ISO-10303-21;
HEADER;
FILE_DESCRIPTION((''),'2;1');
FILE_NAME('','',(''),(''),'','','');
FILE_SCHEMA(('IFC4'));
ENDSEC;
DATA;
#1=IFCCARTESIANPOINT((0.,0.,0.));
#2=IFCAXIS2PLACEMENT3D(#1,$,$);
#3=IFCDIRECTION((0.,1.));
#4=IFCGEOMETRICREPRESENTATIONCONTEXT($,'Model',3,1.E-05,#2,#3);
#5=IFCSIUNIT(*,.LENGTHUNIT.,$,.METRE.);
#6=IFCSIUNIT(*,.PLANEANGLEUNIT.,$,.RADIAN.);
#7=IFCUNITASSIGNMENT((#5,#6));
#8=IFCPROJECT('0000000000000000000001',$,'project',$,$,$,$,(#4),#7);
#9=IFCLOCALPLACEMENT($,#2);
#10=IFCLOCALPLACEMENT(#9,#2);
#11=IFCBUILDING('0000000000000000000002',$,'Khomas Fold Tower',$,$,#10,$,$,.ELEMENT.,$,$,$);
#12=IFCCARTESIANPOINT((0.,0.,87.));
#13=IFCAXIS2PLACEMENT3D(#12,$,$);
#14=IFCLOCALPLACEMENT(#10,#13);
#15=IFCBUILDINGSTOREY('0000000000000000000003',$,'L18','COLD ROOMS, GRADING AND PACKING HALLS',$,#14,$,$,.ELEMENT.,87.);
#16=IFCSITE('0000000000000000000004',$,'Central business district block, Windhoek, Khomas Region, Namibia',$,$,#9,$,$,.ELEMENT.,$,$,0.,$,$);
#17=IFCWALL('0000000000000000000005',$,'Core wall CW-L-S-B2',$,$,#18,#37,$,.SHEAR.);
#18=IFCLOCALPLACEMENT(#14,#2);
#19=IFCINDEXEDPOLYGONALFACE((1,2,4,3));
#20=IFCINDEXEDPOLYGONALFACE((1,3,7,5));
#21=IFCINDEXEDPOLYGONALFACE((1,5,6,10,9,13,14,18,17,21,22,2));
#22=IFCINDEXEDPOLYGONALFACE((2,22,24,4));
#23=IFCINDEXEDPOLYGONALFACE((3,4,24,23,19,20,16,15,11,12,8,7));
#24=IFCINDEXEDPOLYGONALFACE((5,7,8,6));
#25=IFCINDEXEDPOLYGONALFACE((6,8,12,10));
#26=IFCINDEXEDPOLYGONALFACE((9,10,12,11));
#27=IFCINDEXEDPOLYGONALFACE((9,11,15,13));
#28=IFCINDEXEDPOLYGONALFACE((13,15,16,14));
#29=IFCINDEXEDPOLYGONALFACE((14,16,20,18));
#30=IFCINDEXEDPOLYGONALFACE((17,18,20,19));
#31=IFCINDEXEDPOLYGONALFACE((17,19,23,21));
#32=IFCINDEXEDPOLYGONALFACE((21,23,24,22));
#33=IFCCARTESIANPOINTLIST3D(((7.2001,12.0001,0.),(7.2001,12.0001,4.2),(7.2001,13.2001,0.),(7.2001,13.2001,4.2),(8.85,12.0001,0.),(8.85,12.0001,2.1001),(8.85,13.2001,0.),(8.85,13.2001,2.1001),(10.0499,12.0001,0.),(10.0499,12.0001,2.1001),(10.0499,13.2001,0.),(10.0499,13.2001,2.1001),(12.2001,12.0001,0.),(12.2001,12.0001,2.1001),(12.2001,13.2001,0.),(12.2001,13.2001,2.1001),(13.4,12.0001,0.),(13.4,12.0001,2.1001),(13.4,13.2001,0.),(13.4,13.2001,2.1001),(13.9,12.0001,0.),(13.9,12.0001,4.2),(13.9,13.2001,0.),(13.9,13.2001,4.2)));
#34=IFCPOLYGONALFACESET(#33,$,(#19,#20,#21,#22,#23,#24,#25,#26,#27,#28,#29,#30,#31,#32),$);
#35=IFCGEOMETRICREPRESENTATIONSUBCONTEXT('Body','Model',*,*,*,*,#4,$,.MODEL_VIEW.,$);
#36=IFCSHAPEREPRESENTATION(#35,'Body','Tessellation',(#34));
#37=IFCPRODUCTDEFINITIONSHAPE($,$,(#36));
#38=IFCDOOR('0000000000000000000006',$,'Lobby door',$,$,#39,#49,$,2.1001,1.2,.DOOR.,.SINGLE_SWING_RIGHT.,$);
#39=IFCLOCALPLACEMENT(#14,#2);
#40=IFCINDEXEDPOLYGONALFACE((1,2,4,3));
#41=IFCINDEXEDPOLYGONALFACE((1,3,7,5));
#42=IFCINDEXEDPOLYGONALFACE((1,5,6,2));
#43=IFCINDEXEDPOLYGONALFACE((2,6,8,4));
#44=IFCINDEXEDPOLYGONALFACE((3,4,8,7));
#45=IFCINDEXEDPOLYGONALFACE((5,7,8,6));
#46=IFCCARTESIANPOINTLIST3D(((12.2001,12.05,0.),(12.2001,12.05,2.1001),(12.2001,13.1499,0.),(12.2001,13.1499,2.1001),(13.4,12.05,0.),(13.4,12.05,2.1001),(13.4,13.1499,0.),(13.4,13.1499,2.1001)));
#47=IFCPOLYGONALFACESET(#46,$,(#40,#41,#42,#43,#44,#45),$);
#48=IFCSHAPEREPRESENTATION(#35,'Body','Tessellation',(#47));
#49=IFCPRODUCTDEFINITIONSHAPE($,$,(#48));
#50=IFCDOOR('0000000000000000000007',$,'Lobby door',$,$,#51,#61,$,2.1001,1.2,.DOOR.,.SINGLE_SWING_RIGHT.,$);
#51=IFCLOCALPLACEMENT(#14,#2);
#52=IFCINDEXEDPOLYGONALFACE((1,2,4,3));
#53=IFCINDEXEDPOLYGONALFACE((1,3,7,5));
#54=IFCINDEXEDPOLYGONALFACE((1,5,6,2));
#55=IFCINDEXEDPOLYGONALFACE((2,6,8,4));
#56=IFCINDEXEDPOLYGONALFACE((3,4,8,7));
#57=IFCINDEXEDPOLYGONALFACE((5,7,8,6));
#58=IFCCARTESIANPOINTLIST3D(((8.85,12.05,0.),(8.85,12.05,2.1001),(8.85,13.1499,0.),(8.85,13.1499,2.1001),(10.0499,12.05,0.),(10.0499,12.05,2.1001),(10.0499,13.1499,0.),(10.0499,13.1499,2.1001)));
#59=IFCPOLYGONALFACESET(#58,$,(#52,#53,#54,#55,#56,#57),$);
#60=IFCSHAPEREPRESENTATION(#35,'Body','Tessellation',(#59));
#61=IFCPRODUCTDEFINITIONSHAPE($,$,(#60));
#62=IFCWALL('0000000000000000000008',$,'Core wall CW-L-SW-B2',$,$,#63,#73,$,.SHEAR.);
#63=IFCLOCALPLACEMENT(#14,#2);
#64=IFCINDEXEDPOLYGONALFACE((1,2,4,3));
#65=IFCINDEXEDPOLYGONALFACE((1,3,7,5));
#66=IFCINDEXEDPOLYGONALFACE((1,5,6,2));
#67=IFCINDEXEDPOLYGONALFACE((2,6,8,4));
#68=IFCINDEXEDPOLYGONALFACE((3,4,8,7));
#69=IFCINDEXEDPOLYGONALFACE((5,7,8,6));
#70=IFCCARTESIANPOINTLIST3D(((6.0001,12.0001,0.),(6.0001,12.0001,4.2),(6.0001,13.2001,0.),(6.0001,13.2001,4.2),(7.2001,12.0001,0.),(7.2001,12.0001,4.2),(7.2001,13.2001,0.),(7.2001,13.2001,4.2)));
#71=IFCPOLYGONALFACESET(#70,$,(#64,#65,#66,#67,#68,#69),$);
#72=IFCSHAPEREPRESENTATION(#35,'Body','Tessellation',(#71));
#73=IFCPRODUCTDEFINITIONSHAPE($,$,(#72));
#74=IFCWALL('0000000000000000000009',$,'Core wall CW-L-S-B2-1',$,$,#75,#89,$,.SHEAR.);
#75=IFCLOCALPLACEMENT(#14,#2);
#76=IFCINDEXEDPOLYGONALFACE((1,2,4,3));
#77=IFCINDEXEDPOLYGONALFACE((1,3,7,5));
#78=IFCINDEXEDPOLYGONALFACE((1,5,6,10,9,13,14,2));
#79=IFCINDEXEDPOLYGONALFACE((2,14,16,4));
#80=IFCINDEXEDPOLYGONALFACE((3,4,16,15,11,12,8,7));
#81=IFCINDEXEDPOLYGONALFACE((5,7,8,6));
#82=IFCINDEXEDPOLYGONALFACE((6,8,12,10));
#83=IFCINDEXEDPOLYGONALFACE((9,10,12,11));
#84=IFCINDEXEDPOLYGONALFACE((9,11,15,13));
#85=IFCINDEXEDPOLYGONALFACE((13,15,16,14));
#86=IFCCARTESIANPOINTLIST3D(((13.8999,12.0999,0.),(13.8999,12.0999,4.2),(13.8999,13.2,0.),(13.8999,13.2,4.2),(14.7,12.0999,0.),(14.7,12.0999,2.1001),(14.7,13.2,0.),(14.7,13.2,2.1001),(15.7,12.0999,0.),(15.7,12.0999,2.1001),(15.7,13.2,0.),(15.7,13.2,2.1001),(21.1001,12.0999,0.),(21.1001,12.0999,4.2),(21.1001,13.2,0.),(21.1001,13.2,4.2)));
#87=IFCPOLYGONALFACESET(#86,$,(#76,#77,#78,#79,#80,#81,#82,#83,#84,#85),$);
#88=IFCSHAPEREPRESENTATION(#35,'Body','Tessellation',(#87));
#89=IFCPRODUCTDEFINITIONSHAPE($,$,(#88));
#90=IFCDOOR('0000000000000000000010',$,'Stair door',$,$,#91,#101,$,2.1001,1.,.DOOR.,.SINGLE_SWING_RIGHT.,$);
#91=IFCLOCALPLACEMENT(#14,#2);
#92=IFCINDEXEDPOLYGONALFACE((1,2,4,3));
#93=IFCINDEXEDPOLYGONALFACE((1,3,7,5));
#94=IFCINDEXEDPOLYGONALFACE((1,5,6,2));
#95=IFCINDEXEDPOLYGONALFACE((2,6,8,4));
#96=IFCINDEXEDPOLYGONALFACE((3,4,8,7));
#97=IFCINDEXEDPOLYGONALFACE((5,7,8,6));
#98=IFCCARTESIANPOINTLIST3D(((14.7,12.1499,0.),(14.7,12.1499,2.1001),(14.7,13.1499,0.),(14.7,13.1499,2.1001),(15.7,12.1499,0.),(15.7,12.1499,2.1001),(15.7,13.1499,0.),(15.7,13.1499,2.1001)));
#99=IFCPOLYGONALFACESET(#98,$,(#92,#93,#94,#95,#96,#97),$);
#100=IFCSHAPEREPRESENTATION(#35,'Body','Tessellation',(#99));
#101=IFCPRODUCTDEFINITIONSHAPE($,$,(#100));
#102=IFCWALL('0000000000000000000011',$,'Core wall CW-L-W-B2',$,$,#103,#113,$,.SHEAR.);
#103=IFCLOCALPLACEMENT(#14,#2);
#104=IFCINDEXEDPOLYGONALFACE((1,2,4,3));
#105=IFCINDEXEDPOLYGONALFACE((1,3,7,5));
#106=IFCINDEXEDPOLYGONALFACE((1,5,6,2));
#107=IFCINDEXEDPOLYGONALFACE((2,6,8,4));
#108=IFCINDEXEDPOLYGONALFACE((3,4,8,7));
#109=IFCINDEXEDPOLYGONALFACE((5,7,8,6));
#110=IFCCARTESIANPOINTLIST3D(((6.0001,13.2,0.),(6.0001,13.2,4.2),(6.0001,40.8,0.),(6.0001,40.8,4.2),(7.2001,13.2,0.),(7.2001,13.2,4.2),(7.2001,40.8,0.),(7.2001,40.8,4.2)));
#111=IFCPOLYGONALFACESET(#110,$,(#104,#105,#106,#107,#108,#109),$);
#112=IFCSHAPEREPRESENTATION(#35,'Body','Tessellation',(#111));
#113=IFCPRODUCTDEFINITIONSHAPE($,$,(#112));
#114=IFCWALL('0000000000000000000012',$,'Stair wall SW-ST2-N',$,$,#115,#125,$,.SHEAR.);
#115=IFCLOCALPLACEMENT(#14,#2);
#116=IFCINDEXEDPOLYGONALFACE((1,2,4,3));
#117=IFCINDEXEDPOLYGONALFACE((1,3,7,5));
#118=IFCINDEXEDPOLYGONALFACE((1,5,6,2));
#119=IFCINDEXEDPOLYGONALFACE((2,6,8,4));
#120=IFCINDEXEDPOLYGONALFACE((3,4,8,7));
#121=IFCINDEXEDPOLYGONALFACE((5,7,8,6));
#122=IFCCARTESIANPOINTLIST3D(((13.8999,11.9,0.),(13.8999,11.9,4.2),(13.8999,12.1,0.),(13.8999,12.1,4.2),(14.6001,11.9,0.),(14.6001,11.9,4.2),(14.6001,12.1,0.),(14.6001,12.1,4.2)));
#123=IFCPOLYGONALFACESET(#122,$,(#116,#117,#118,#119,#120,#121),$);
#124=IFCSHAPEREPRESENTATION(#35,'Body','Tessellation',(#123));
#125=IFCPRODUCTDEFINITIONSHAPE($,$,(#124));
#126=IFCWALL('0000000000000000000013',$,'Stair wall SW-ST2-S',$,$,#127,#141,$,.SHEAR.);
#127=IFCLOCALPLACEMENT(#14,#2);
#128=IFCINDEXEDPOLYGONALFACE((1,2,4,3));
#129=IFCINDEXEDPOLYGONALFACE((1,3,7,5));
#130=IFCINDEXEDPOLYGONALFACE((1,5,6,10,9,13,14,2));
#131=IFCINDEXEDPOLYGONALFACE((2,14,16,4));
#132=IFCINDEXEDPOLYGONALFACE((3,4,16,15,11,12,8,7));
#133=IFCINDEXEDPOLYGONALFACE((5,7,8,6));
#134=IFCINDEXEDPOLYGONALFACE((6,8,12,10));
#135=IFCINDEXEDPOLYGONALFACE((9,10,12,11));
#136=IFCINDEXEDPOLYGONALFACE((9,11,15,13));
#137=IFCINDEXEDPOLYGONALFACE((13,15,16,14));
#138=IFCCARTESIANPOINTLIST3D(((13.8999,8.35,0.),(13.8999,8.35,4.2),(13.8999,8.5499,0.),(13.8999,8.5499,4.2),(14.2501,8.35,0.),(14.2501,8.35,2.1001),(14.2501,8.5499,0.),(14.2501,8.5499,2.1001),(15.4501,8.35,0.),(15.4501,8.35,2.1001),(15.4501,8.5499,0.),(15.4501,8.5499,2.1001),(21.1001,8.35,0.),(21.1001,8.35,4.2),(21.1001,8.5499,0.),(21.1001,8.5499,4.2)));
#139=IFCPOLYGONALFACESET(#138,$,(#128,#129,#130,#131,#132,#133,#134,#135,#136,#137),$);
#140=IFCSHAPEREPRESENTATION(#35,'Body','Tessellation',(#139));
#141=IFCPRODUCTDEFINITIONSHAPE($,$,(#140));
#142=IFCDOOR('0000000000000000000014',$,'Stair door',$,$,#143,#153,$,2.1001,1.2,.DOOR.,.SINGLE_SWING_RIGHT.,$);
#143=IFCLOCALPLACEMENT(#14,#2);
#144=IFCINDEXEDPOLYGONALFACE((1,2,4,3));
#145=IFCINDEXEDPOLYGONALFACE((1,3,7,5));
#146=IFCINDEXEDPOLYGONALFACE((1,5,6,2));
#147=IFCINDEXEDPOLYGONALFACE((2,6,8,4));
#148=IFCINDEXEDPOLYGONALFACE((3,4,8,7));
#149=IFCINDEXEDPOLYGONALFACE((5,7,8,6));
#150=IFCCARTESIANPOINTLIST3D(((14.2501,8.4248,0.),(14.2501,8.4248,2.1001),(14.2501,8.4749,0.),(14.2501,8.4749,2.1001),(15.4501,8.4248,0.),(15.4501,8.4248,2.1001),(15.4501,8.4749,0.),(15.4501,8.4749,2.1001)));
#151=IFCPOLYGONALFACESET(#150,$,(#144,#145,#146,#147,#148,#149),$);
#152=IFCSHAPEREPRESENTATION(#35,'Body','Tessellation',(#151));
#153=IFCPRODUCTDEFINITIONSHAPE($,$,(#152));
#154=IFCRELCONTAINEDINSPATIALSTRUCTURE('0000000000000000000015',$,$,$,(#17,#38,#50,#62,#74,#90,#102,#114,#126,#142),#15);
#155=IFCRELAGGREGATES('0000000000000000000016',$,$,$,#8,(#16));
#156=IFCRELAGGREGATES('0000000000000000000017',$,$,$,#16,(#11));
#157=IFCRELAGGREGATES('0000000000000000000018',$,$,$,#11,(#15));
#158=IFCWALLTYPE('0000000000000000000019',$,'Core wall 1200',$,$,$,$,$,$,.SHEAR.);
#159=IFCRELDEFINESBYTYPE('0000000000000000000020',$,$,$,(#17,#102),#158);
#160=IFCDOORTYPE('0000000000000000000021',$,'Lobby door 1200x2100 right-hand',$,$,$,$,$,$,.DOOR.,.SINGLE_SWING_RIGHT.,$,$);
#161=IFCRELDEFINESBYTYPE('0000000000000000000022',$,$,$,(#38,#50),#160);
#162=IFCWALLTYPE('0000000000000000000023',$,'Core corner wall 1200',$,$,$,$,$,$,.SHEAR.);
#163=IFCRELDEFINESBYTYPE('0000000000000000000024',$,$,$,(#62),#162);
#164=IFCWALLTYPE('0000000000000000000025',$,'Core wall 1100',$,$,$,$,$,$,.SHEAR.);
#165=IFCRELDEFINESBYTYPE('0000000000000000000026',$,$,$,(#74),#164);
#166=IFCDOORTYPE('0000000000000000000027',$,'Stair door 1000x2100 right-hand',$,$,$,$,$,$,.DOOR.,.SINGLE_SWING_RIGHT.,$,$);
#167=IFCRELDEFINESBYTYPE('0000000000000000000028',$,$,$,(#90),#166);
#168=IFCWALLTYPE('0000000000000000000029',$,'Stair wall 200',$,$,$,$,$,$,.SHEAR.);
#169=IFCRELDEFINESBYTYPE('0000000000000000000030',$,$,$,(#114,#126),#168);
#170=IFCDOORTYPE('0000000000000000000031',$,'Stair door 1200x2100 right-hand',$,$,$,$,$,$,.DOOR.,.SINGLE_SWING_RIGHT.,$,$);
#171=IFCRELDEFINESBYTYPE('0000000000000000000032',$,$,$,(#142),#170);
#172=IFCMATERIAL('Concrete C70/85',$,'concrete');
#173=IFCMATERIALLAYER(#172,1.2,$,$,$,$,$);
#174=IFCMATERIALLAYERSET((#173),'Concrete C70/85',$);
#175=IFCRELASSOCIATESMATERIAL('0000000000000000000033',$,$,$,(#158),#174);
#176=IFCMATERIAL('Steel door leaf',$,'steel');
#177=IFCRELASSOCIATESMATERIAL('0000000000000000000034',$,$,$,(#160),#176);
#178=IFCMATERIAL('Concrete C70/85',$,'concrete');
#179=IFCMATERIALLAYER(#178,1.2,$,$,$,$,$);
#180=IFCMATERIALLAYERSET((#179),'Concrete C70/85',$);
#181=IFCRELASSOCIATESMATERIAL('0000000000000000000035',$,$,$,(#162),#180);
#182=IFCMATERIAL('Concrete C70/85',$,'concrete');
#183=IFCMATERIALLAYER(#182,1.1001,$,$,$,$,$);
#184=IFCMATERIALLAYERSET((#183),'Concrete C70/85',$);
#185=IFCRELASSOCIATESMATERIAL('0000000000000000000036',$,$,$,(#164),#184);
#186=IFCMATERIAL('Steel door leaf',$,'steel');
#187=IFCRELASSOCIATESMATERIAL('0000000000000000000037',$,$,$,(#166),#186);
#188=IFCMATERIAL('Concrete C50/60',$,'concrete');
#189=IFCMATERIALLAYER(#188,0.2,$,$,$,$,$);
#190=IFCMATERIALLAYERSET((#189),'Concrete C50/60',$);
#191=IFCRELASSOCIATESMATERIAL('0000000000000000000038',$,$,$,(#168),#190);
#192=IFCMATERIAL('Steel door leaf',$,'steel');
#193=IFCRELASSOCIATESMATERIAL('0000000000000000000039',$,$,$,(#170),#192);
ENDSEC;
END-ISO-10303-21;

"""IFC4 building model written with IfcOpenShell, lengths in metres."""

from ifc_helpers import new_model, si_unit, direction, frame, frame_2d, origin, place, context, subcontext, project, spatial, rectangle, extrude, source, transform, mapped, material, layer, layer_set, type_object, element, fill, save


model = new_model("IFC4")

# Units and contexts
model_context = context("Model", 3, precision=1e-05, world=origin(), true_north=direction((0.0, 1.0)))
body_context = subcontext(model_context, "Body", "Model", "MODEL_VIEW")
ifc_project = project(units=[si_unit("LENGTHUNIT", "METRE"), si_unit("PLANEANGLEUNIT", "RADIAN")], contexts=[model_context])

# Site, building, storey
site_placement = place(None, origin())
site = spatial("IfcSite", under=ifc_project, at=site_placement, Name="Central business district block, Windhoek, Khomas Region, Namibia", CompositionType="ELEMENT", RefElevation=0.0)
building_placement = place(site_placement, origin())
building = spatial("IfcBuilding", under=site, at=building_placement, Name="Khomas Fold Tower", CompositionType="ELEMENT")
storey_placement = place(building_placement, frame((0.0, 0.0, 87.0)))
storey = spatial("IfcBuildingStorey", under=building, at=storey_placement, Name="L18", Description="COLD ROOMS, GRADING AND PACKING HALLS", CompositionType="ELEMENT", Elevation=87.0)

# Wall, openings, doors
ifc_material_1 = material(Name="Concrete C70/85", Category="concrete")
ifc_layer_1 = layer(ifc_material_1, 1.2)
ifc_layer_set_1 = layer_set([ifc_layer_1], Name="Concrete C70/85")
wall_type_1 = type_object("IfcWallType", Name="Core wall 1200", PredefinedType="SHEAR", material=ifc_layer_set_1)
shared_shape_1 = source(origin(), body_context, "Body", "SweptSolid", [
    extrude(rectangle(XDim=6.7, YDim=1.2, at=frame_2d((3.3501, 0.0))), origin(), (0.0, 0.0, 1.0), 4.2),
])
wall_1_placement = place(storey_placement, frame((7.2, 12.6001, 0.0), z_axis=(0.0, 0.0, 1.0), x_axis=(1.0, 0.0, 0.0)))
wall_1 = element("IfcWall", 1, at=wall_1_placement, inside=storey, type_object=wall_type_1, Name="Core wall CW-L-S-B2", PredefinedType="SHEAR", context=body_context, shape_type="MappedRepresentation", body=[
    mapped(shared_shape_1, transform((0.0, 0.0, 0.0))),
])
shared_shape_2 = source(origin(), body_context, "Body", "SweptSolid", [
    extrude(rectangle(XDim=1.2, YDim=2.1001, at=frame_2d((0.6001, 1.05))), frame((0.0, 0.6099, 0.0), z_axis=(0.0, -1.0, 0.0), x_axis=(1.0, 0.0, 0.0)), (0.0, 0.0, 1.0), 1.22),
])
opening_1_placement = place(wall_1_placement, frame((5.0, 0.0, 0.0)))
opening_1 = element("IfcOpeningElement", 2, at=opening_1_placement, cuts=wall_1, PredefinedType="OPENING", context=body_context, shape_type="MappedRepresentation", body=[
    mapped(shared_shape_2, transform((0.0, 0.0, 0.0))),
])
opening_2_placement = place(wall_1_placement, frame((1.6499, 0.0, 0.0)))
opening_2 = element("IfcOpeningElement", 3, at=opening_2_placement, cuts=wall_1, PredefinedType="OPENING", context=body_context, shape_type="MappedRepresentation", body=[
    mapped(shared_shape_2, transform((0.0, 0.0, 0.0))),
])
ifc_material_2 = material(Name="Steel door leaf", Category="steel")
door_type_1 = type_object("IfcDoorType", Name="Lobby door 1200x2100 right-hand", OperationType="SINGLE_SWING_RIGHT", PredefinedType="DOOR", material=ifc_material_2)
shared_shape_3 = source(origin(), body_context, "Body", "SweptSolid", [
    extrude(rectangle(XDim=1.2, YDim=2.1001, at=frame_2d((0.6001, 1.05))), frame((0.0, 0.5498, 0.0), z_axis=(0.0, -1.0, 0.0), x_axis=(1.0, 0.0, 0.0)), (0.0, 0.0, 1.0), 1.0999),
])
door_1_placement = place(opening_1_placement, origin())
door_1 = element("IfcDoor", 4, at=door_1_placement, inside=storey, type_object=door_type_1, Name="Lobby door", OperationType="SINGLE_SWING_RIGHT", OverallHeight=2.1001, OverallWidth=1.2, PredefinedType="DOOR", context=body_context, shape_type="MappedRepresentation", body=[
    mapped(shared_shape_3, transform((0.0, 0.0, 0.0))),
])
fill(opening_1, door_1)
door_2_placement = place(opening_2_placement, origin())
door_2 = element("IfcDoor", 5, at=door_2_placement, inside=storey, type_object=door_type_1, Name="Lobby door", OperationType="SINGLE_SWING_RIGHT", OverallHeight=2.1001, OverallWidth=1.2, PredefinedType="DOOR", context=body_context, shape_type="MappedRepresentation", body=[
    mapped(shared_shape_3, transform((0.0, 0.0, 0.0))),
])
fill(opening_2, door_2)

# Wall
ifc_material_3 = material(Name="Concrete C70/85", Category="concrete")
ifc_layer_2 = layer(ifc_material_3, 1.2)
ifc_layer_set_2 = layer_set([ifc_layer_2], Name="Concrete C70/85")
wall_type_2 = type_object("IfcWallType", Name="Core corner wall 1200", PredefinedType="SHEAR", material=ifc_layer_set_2)
shared_shape_4 = source(origin(), body_context, "Body", "SweptSolid", [
    extrude(rectangle(XDim=1.2, YDim=1.2, at=frame_2d((0.6001, 0.0))), origin(), (0.0, 0.0, 1.0), 4.2),
])
wall_2_placement = place(storey_placement, frame((6.0, 12.6001, 0.0), z_axis=(0.0, 0.0, 1.0), x_axis=(1.0, 0.0, 0.0)))
element("IfcWall", 6, at=wall_2_placement, inside=storey, type_object=wall_type_2, Name="Core wall CW-L-SW-B2", PredefinedType="SHEAR", context=body_context, shape_type="MappedRepresentation", body=[
    mapped(shared_shape_4, transform((0.0, 0.0, 0.0))),
])

# Wall, opening, door
ifc_material_4 = material(Name="Concrete C70/85", Category="concrete")
ifc_layer_3 = layer(ifc_material_4, 1.1001)
ifc_layer_set_3 = layer_set([ifc_layer_3], Name="Concrete C70/85")
wall_type_3 = type_object("IfcWallType", Name="Core wall 1100", PredefinedType="SHEAR", material=ifc_layer_set_3)
shared_shape_5 = source(origin(), body_context, "Body", "SweptSolid", [
    extrude(rectangle(XDim=7.2002, YDim=1.1001, at=frame_2d((3.6001, 0.0))), origin(), (0.0, 0.0, 1.0), 4.2),
])
wall_3_placement = place(storey_placement, frame((13.8999, 12.6499, 0.0), z_axis=(0.0, 0.0, 1.0), x_axis=(1.0, 0.0, 0.0)))
wall_3 = element("IfcWall", 7, at=wall_3_placement, inside=storey, type_object=wall_type_3, Name="Core wall CW-L-S-B2-1", PredefinedType="SHEAR", context=body_context, shape_type="MappedRepresentation", body=[
    mapped(shared_shape_5, transform((0.0, 0.0, 0.0))),
])
shared_shape_6 = source(origin(), body_context, "Body", "SweptSolid", [
    extrude(rectangle(XDim=1.0, YDim=2.1001, at=frame_2d((0.5, 1.05))), frame((0.0, 0.5601, 0.0), z_axis=(0.0, -1.0, 0.0), x_axis=(1.0, 0.0, 0.0)), (0.0, 0.0, 1.0), 1.1201),
])
opening_3_placement = place(wall_3_placement, frame((0.8, 0.0, 0.0)))
opening_3 = element("IfcOpeningElement", 8, at=opening_3_placement, cuts=wall_3, PredefinedType="OPENING", context=body_context, shape_type="MappedRepresentation", body=[
    mapped(shared_shape_6, transform((0.0, 0.0, 0.0))),
])
ifc_material_5 = material(Name="Steel door leaf", Category="steel")
door_type_2 = type_object("IfcDoorType", Name="Stair door 1000x2100 right-hand", OperationType="SINGLE_SWING_RIGHT", PredefinedType="DOOR", material=ifc_material_5)
shared_shape_7 = source(origin(), body_context, "Body", "SweptSolid", [
    extrude(rectangle(XDim=1.0, YDim=2.1001, at=frame_2d((0.5, 1.05))), frame((0.0, 0.5, 0.0), z_axis=(0.0, -1.0, 0.0), x_axis=(1.0, 0.0, 0.0)), (0.0, 0.0, 1.0), 1.0),
])
door_3_placement = place(opening_3_placement, origin())
door_3 = element("IfcDoor", 9, at=door_3_placement, inside=storey, type_object=door_type_2, Name="Stair door", OperationType="SINGLE_SWING_RIGHT", OverallHeight=2.1001, OverallWidth=1.0, PredefinedType="DOOR", context=body_context, shape_type="MappedRepresentation", body=[
    mapped(shared_shape_7, transform((0.0, 0.0, 0.0))),
])
fill(opening_3, door_3)

# Walls
shared_shape_8 = source(origin(), body_context, "Body", "SweptSolid", [
    extrude(rectangle(XDim=27.6001, YDim=1.2, at=frame_2d((13.8, 0.0))), origin(), (0.0, 0.0, 1.0), 4.2),
])
wall_4_placement = place(storey_placement, frame((6.6001, 13.2, 0.0), z_axis=(0.0, 0.0, 1.0), x_axis=(0.0, 1.0, 0.0)))
element("IfcWall", 10, at=wall_4_placement, inside=storey, type_object=wall_type_1, Name="Core wall CW-L-W-B2", PredefinedType="SHEAR", context=body_context, shape_type="MappedRepresentation", body=[
    mapped(shared_shape_8, transform((0.0, 0.0, 0.0))),
])
ifc_material_6 = material(Name="Concrete C50/60", Category="concrete")
ifc_layer_4 = layer(ifc_material_6, 0.2)
ifc_layer_set_4 = layer_set([ifc_layer_4], Name="Concrete C50/60")
wall_type_4 = type_object("IfcWallType", Name="Stair wall 200", PredefinedType="SHEAR", material=ifc_layer_set_4)
shared_shape_9 = source(origin(), body_context, "Body", "SweptSolid", [
    extrude(rectangle(XDim=0.7002, YDim=0.2, at=frame_2d((0.3501, 0.0))), origin(), (0.0, 0.0, 1.0), 4.2),
])
wall_5_placement = place(storey_placement, frame((13.8999, 12.0, 0.0), z_axis=(0.0, 0.0, 1.0), x_axis=(1.0, 0.0, 0.0)))
element("IfcWall", 11, at=wall_5_placement, inside=storey, type_object=wall_type_4, Name="Stair wall SW-ST2-N", PredefinedType="SHEAR", context=body_context, shape_type="MappedRepresentation", body=[
    mapped(shared_shape_9, transform((0.0, 0.0, 0.0))),
])

# Wall, opening, door
shared_shape_10 = source(origin(), body_context, "Body", "SweptSolid", [
    extrude(rectangle(XDim=7.2002, YDim=0.2, at=frame_2d((3.6001, 0.0))), origin(), (0.0, 0.0, 1.0), 4.2),
])
wall_6_placement = place(storey_placement, frame((13.8999, 8.45, 0.0), z_axis=(0.0, 0.0, 1.0), x_axis=(1.0, 0.0, 0.0)))
wall_6 = element("IfcWall", 12, at=wall_6_placement, inside=storey, type_object=wall_type_4, Name="Stair wall SW-ST2-S", PredefinedType="SHEAR", context=body_context, shape_type="MappedRepresentation", body=[
    mapped(shared_shape_10, transform((0.0, 0.0, 0.0))),
])
shared_shape_11 = source(origin(), body_context, "Body", "SweptSolid", [
    extrude(rectangle(XDim=1.2, YDim=2.1001, at=frame_2d((0.6001, 1.05))), frame((0.0, 0.1099, 0.0), z_axis=(0.0, -1.0, 0.0), x_axis=(1.0, 0.0, 0.0)), (0.0, 0.0, 1.0), 0.22),
])
opening_4_placement = place(wall_6_placement, frame((0.3501, 0.0, 0.0)))
opening_4 = element("IfcOpeningElement", 13, at=opening_4_placement, cuts=wall_6, PredefinedType="OPENING", context=body_context, shape_type="MappedRepresentation", body=[
    mapped(shared_shape_11, transform((0.0, 0.0, 0.0))),
])
ifc_material_7 = material(Name="Steel door leaf", Category="steel")
door_type_3 = type_object("IfcDoorType", Name="Stair door 1200x2100 right-hand", OperationType="SINGLE_SWING_RIGHT", PredefinedType="DOOR", material=ifc_material_7)
shared_shape_12 = source(origin(), body_context, "Body", "SweptSolid", [
    extrude(rectangle(XDim=1.2, YDim=2.1001, at=frame_2d((0.6001, 1.05))), frame((0.0, 0.0249, 0.0), z_axis=(0.0, -1.0, 0.0), x_axis=(1.0, 0.0, 0.0)), (0.0, 0.0, 1.0), 0.05),
])
door_4_placement = place(opening_4_placement, origin())
door_4 = element("IfcDoor", 14, at=door_4_placement, inside=storey, type_object=door_type_3, Name="Stair door", OperationType="SINGLE_SWING_RIGHT", OverallHeight=2.1001, OverallWidth=1.2, PredefinedType="DOOR", context=body_context, shape_type="MappedRepresentation", body=[
    mapped(shared_shape_12, transform((0.0, 0.0, 0.0))),
])
fill(opening_4, door_4)

save(model, "model.ifc")
